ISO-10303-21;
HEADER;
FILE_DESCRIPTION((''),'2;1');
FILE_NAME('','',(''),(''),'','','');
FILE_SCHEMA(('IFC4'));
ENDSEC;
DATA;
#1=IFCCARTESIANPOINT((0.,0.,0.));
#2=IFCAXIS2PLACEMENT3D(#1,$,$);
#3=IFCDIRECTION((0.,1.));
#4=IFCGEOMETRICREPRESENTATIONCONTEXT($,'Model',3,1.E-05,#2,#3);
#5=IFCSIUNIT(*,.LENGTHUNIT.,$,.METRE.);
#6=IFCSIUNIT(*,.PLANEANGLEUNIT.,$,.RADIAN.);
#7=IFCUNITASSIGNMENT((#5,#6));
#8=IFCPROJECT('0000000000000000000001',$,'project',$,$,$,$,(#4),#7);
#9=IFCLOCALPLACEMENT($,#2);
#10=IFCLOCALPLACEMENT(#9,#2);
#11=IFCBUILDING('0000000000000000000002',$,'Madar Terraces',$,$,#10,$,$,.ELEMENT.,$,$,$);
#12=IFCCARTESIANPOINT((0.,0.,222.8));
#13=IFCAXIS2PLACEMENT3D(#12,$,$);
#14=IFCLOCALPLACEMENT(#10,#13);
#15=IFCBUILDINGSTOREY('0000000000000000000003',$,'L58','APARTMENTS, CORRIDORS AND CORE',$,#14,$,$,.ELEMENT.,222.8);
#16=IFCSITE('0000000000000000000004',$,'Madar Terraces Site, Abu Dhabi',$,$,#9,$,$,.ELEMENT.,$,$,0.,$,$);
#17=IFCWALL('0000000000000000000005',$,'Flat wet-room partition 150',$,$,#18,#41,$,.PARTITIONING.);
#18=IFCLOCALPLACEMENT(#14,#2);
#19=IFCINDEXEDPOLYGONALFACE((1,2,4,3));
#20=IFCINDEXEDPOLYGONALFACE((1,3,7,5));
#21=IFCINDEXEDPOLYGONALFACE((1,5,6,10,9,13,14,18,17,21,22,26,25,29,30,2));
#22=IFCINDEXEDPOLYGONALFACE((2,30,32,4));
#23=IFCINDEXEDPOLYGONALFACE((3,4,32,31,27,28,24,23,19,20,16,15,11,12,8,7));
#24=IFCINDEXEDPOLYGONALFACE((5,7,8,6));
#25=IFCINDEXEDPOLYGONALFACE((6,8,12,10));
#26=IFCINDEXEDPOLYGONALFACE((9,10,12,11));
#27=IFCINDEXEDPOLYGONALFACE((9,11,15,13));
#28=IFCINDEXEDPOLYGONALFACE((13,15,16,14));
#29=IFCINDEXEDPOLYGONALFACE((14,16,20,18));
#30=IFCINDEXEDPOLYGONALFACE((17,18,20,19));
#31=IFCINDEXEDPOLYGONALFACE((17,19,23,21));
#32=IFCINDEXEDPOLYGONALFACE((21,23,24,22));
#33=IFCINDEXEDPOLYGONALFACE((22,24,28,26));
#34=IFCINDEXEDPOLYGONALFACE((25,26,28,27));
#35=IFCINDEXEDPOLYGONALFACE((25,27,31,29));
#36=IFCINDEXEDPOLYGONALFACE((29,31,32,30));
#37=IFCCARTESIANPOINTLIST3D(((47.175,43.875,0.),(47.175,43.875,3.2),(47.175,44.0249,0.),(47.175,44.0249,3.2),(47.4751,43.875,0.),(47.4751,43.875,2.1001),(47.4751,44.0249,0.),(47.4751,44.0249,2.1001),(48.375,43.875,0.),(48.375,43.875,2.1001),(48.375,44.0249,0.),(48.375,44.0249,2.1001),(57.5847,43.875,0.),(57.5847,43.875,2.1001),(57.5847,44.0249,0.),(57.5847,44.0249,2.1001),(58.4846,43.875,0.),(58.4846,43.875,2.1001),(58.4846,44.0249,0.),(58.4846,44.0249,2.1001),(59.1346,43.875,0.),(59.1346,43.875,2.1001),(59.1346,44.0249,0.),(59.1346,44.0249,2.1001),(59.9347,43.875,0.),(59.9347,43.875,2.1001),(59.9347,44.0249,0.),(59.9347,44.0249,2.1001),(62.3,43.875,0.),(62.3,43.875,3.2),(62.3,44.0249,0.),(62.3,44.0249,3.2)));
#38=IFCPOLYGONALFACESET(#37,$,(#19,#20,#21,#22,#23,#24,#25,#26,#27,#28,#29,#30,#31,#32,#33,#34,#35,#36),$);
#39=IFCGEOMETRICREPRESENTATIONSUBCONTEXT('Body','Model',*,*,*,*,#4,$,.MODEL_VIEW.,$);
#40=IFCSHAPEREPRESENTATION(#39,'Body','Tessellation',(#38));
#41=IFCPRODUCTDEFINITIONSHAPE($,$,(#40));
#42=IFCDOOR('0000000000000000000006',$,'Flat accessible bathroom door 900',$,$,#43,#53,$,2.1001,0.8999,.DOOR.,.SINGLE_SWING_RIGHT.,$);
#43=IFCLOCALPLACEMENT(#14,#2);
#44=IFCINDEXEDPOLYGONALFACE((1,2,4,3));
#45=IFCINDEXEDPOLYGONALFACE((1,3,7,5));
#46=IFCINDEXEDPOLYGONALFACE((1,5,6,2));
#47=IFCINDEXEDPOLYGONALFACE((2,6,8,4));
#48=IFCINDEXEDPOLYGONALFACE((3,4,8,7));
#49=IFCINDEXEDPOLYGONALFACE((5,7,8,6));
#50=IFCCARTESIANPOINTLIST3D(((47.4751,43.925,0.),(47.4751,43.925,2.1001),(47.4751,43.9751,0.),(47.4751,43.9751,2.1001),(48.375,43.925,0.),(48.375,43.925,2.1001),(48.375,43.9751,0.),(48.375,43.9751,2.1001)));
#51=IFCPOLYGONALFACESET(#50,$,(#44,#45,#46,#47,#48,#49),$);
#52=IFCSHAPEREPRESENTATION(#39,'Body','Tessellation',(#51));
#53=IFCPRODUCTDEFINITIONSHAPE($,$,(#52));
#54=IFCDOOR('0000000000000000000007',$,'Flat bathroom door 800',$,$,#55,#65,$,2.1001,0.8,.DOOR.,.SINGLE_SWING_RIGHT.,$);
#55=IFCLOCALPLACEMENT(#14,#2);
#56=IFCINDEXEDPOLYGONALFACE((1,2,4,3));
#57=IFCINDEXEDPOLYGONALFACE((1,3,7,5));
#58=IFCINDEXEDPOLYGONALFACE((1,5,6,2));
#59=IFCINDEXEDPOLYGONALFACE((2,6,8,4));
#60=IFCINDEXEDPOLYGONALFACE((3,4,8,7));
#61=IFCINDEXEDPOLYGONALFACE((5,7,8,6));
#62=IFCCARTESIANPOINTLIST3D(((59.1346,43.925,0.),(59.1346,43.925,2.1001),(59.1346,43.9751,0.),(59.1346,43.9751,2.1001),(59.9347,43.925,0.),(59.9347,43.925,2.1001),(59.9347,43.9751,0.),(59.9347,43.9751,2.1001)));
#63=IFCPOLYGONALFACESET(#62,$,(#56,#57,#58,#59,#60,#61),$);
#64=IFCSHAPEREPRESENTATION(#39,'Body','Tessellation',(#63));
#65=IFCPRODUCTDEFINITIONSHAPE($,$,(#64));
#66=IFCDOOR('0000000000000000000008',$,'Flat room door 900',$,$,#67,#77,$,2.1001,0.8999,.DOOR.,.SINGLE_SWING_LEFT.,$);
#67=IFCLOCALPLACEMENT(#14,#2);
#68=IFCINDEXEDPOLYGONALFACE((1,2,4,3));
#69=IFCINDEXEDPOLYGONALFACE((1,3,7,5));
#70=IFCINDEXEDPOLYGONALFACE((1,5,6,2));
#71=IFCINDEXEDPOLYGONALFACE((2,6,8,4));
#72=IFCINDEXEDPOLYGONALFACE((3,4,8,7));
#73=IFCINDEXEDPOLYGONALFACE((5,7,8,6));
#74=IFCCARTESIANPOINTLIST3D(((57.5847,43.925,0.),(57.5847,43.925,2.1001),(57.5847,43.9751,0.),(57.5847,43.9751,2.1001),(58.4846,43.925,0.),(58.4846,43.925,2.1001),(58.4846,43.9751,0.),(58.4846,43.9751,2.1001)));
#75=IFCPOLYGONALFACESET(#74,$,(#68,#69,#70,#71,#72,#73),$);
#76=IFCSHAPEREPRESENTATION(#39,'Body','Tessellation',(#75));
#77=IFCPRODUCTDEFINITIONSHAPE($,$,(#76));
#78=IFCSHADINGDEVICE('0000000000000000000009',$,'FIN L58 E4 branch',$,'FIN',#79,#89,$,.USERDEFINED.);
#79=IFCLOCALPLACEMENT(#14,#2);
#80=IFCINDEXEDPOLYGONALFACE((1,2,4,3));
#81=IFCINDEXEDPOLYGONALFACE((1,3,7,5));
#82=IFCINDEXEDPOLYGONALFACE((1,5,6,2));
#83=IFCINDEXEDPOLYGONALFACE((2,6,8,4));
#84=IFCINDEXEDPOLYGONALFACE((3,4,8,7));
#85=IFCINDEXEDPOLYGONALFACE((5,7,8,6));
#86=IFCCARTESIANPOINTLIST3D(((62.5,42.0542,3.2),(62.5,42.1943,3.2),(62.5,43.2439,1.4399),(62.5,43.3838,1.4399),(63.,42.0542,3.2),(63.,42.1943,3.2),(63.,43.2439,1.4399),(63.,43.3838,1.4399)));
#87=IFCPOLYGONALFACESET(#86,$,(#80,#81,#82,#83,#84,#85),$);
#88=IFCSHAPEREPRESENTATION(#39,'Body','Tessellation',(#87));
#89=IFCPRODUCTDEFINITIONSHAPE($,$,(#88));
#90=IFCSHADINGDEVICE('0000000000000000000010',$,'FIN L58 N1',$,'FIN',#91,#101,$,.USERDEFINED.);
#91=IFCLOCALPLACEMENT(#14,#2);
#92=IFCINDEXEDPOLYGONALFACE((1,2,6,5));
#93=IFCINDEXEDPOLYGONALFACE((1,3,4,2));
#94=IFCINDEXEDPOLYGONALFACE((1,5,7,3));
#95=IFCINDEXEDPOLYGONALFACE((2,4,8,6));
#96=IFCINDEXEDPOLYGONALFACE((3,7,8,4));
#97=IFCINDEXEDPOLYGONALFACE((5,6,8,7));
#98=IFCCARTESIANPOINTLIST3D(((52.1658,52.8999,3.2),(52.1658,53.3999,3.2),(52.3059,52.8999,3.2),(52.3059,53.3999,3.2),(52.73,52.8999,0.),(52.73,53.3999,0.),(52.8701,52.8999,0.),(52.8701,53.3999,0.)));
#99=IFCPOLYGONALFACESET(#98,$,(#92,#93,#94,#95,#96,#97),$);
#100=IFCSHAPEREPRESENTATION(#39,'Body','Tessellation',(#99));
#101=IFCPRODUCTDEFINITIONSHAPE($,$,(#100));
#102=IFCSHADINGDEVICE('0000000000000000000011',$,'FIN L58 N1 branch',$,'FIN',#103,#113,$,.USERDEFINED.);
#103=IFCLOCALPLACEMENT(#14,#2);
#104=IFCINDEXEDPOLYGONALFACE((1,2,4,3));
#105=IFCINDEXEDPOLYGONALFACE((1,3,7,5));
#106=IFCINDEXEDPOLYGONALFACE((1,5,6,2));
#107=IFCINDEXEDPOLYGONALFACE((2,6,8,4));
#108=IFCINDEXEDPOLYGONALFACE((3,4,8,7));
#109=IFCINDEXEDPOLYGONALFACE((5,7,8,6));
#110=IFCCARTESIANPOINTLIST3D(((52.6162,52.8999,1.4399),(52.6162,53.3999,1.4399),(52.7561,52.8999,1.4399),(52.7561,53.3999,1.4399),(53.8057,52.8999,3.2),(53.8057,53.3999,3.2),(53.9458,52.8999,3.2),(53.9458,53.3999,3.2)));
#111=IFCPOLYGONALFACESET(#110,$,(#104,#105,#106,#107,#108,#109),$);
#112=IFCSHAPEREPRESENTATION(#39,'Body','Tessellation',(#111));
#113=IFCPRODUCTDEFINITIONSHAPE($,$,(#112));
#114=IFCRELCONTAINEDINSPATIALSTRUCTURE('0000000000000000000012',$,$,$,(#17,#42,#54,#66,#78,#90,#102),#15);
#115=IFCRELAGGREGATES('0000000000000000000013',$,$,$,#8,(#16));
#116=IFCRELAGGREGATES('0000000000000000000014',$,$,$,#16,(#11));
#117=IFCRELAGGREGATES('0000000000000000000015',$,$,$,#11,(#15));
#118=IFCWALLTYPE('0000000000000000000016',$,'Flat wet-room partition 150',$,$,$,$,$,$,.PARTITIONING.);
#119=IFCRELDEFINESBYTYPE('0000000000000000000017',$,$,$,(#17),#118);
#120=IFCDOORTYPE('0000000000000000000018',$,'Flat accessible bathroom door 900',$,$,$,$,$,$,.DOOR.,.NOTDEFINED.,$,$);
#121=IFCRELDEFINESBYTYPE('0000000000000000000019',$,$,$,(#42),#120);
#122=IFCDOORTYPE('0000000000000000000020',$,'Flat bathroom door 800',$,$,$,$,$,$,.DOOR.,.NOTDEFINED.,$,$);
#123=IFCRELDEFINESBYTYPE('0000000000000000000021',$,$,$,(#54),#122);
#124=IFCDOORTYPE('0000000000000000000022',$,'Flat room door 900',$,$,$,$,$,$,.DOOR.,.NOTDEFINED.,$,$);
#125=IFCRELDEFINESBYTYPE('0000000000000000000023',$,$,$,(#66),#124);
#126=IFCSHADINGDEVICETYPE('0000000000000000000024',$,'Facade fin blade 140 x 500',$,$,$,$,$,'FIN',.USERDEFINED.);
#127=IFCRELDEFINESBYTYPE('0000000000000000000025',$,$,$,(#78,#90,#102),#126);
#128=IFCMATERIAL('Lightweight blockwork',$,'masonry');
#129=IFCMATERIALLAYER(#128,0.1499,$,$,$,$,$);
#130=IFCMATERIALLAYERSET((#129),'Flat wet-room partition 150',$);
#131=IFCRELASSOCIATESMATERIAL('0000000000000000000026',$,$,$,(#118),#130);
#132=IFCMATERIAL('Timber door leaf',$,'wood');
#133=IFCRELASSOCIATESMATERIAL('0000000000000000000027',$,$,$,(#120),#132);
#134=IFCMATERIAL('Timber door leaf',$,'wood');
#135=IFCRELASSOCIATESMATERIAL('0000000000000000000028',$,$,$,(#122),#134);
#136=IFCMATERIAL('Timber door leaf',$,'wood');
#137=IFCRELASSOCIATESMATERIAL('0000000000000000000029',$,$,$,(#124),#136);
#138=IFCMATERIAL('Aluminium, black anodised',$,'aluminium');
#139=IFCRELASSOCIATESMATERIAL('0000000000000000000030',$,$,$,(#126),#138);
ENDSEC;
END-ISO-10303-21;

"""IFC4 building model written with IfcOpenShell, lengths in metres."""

from ifc_helpers import new_model, si_unit, direction, frame, frame_2d, origin, place, context, subcontext, project, spatial, polyline, rectangle, outline, extrude, material, layer, layer_set, type_object, element, fill, save


model = new_model("IFC4")

# Units and contexts
model_context = context("Model", 3, precision=1e-05, world=origin(), true_north=direction((0.0, 1.0)))
body_context = subcontext(model_context, "Body", "Model", "MODEL_VIEW")
ifc_project = project(units=[si_unit("LENGTHUNIT", "METRE"), si_unit("PLANEANGLEUNIT", "RADIAN")], contexts=[model_context])

# Site, building, storey
site_placement = place(None, origin())
site = spatial("IfcSite", under=ifc_project, at=site_placement, Name="Madar Terraces Site, Abu Dhabi", CompositionType="ELEMENT", RefElevation=0.0)
building_placement = place(site_placement, origin())
building = spatial("IfcBuilding", under=site, at=building_placement, Name="Madar Terraces", CompositionType="ELEMENT")
storey_placement = place(building_placement, frame((0.0, 0.0, 222.8)))
storey = spatial("IfcBuildingStorey", under=building, at=storey_placement, Name="L58", Description="APARTMENTS, CORRIDORS AND CORE", CompositionType="ELEMENT", Elevation=222.8)

# Wall, openings, doors
ifc_material_1 = material(Name="Lightweight blockwork", Category="masonry")
ifc_layer_1 = layer(ifc_material_1, 0.1499)
ifc_layer_set_1 = layer_set([ifc_layer_1], Name="Flat wet-room partition 150")
wall_type_1 = type_object("IfcWallType", Name="Flat wet-room partition 150", PredefinedType="PARTITIONING", material=ifc_layer_set_1)
wall_1_placement = place(storey_placement, frame((62.3, 43.95, 0.0), z_axis=(0.0, 0.0, 1.0), x_axis=(-1.0, 0.0, 0.0)))
wall_1 = element("IfcWall", 1, at=wall_1_placement, inside=storey, type_object=wall_type_1, Name="Flat wet-room partition 150", PredefinedType="PARTITIONING", context=body_context, shape_type="SweptSolid", body=[
    extrude(rectangle(XDim=15.125, YDim=0.1499, at=frame_2d((7.5625, 0.0))), origin(), (0.0, 0.0, 1.0), 3.2),
])
opening_1_placement = place(wall_1_placement, frame((13.925, 0.0, 0.0)))
opening_1 = element("IfcOpeningElement", 2, at=opening_1_placement, cuts=wall_1, PredefinedType="OPENING", context=body_context, shape_type="SweptSolid", body=[
    extrude(rectangle(XDim=0.8999, YDim=2.1001, at=frame_2d((0.45, 1.05))), frame((0.0, 0.085, 0.0), z_axis=(0.0, -1.0, 0.0), x_axis=(1.0, 0.0, 0.0)), (0.0, 0.0, 1.0), 0.1699),
])
opening_2_placement = place(wall_1_placement, frame((3.8154, 0.0, 0.0)))
opening_2 = element("IfcOpeningElement", 3, at=opening_2_placement, cuts=wall_1, PredefinedType="OPENING", context=body_context, shape_type="SweptSolid", body=[
    extrude(rectangle(XDim=0.8999, YDim=2.1001, at=frame_2d((0.45, 1.05))), frame((0.0, 0.085, 0.0), z_axis=(0.0, -1.0, 0.0), x_axis=(1.0, 0.0, 0.0)), (0.0, 0.0, 1.0), 0.1699),
])
opening_3_placement = place(wall_1_placement, frame((2.3655, 0.0, 0.0)))
opening_3 = element("IfcOpeningElement", 4, at=opening_3_placement, cuts=wall_1, PredefinedType="OPENING", context=body_context, shape_type="SweptSolid", body=[
    extrude(rectangle(XDim=0.8, YDim=2.1001, at=frame_2d((0.3999, 1.05))), frame((0.0, 0.085, 0.0), z_axis=(0.0, -1.0, 0.0), x_axis=(1.0, 0.0, 0.0)), (0.0, 0.0, 1.0), 0.1699),
])
ifc_material_2 = material(Name="Timber door leaf", Category="wood")
door_type_1 = type_object("IfcDoorType", Name="Flat accessible bathroom door 900", OperationType="NOTDEFINED", PredefinedType="DOOR", material=ifc_material_2)
door_1_placement = place(opening_1_placement, origin())
door_1 = element("IfcDoor", 5, at=door_1_placement, inside=storey, type_object=door_type_1, Name="Flat accessible bathroom door 900", OperationType="SINGLE_SWING_RIGHT", OverallHeight=2.1001, OverallWidth=0.8999, PredefinedType="DOOR", context=body_context, shape_type="SweptSolid", body=[
    extrude(rectangle(XDim=0.8999, YDim=2.1001, at=frame_2d((0.45, 1.05))), frame((0.0, 0.0249, 0.0), z_axis=(0.0, -1.0, 0.0), x_axis=(1.0, 0.0, 0.0)), (0.0, 0.0, 1.0), 0.05),
])
fill(opening_1, door_1)
ifc_material_3 = material(Name="Timber door leaf", Category="wood")
door_type_2 = type_object("IfcDoorType", Name="Flat bathroom door 800", OperationType="NOTDEFINED", PredefinedType="DOOR", material=ifc_material_3)
door_2_placement = place(opening_3_placement, origin())
door_2 = element("IfcDoor", 6, at=door_2_placement, inside=storey, type_object=door_type_2, Name="Flat bathroom door 800", OperationType="SINGLE_SWING_RIGHT", OverallHeight=2.1001, OverallWidth=0.8, PredefinedType="DOOR", context=body_context, shape_type="SweptSolid", body=[
    extrude(rectangle(XDim=0.8, YDim=2.1001, at=frame_2d((0.3999, 1.05))), frame((0.0, 0.0249, 0.0), z_axis=(0.0, -1.0, 0.0), x_axis=(1.0, 0.0, 0.0)), (0.0, 0.0, 1.0), 0.05),
])
fill(opening_3, door_2)
ifc_material_4 = material(Name="Timber door leaf", Category="wood")
door_type_3 = type_object("IfcDoorType", Name="Flat room door 900", OperationType="NOTDEFINED", PredefinedType="DOOR", material=ifc_material_4)
door_3_placement = place(opening_2_placement, origin())
door_3 = element("IfcDoor", 7, at=door_3_placement, inside=storey, type_object=door_type_3, Name="Flat room door 900", OperationType="SINGLE_SWING_LEFT", OverallHeight=2.1001, OverallWidth=0.8999, PredefinedType="DOOR", context=body_context, shape_type="SweptSolid", body=[
    extrude(rectangle(XDim=0.8999, YDim=2.1001, at=frame_2d((0.45, 1.05))), frame((0.0, 0.0249, 0.0), z_axis=(0.0, -1.0, 0.0), x_axis=(1.0, 0.0, 0.0)), (0.0, 0.0, 1.0), 0.05),
])
fill(opening_2, door_3)

# Shading devices
ifc_material_5 = material(Name="Aluminium, black anodised", Category="aluminium")
shading_device_type = type_object("IfcShadingDeviceType", Name="Facade fin blade 140 x 500", ElementType="FIN", PredefinedType="USERDEFINED", material=ifc_material_5)
shading_device_1_placement = place(storey_placement, frame((62.75, 43.2439, 1.4399), z_axis=(0.0, 0.0, 1.0), x_axis=(0.0, 1.0, 0.0)))
element("IfcShadingDevice", 8, at=shading_device_1_placement, inside=storey, type_object=shading_device_type, Name="FIN L58 E4 branch", ObjectType="FIN", PredefinedType="USERDEFINED", context=body_context, shape_type="SweptSolid", body=[
    extrude(outline(polyline([(0.0, 0.0), (0.1399, 0.0), (-1.0496, 1.76), (-1.1897, 1.76), (0.0, 0.0)])), frame((0.0, 0.25, 0.0), z_axis=(0.0, -1.0, 0.0), x_axis=(1.0, 0.0, 0.0)), (0.0, 0.0, 1.0), 0.5),
])
shading_device_2_placement = place(storey_placement, frame((52.8701, 53.1499, 0.0), z_axis=(0.0, 0.0, 1.0), x_axis=(-1.0, 0.0, 0.0)))
element("IfcShadingDevice", 9, at=shading_device_2_placement, inside=storey, type_object=shading_device_type, Name="FIN L58 N1", ObjectType="FIN", PredefinedType="USERDEFINED", context=body_context, shape_type="SweptSolid", body=[
    extrude(outline(polyline([(0.0, 0.0), (0.1401, 0.0), (0.7043, 3.2), (0.5642, 3.2), (0.0, 0.0)])), frame((0.0, 0.25, 0.0), z_axis=(0.0, -1.0, 0.0), x_axis=(1.0, 0.0, 0.0)), (0.0, 0.0, 1.0), 0.5),
])
shading_device_3_placement = place(storey_placement, frame((52.7561, 53.1499, 1.4399), z_axis=(0.0, 0.0, 1.0), x_axis=(-1.0, 0.0, 0.0)))
element("IfcShadingDevice", 10, at=shading_device_3_placement, inside=storey, type_object=shading_device_type, Name="FIN L58 N1 branch", ObjectType="FIN", PredefinedType="USERDEFINED", context=body_context, shape_type="SweptSolid", body=[
    extrude(outline(polyline([(0.0, 0.0), (0.1399, 0.0), (-1.0496, 1.76), (-1.1897, 1.76), (0.0, 0.0)])), frame((0.0, 0.25, 0.0), z_axis=(0.0, -1.0, 0.0), x_axis=(1.0, 0.0, 0.0)), (0.0, 0.0, 1.0), 0.5),
])

save(model, "model.ifc")
